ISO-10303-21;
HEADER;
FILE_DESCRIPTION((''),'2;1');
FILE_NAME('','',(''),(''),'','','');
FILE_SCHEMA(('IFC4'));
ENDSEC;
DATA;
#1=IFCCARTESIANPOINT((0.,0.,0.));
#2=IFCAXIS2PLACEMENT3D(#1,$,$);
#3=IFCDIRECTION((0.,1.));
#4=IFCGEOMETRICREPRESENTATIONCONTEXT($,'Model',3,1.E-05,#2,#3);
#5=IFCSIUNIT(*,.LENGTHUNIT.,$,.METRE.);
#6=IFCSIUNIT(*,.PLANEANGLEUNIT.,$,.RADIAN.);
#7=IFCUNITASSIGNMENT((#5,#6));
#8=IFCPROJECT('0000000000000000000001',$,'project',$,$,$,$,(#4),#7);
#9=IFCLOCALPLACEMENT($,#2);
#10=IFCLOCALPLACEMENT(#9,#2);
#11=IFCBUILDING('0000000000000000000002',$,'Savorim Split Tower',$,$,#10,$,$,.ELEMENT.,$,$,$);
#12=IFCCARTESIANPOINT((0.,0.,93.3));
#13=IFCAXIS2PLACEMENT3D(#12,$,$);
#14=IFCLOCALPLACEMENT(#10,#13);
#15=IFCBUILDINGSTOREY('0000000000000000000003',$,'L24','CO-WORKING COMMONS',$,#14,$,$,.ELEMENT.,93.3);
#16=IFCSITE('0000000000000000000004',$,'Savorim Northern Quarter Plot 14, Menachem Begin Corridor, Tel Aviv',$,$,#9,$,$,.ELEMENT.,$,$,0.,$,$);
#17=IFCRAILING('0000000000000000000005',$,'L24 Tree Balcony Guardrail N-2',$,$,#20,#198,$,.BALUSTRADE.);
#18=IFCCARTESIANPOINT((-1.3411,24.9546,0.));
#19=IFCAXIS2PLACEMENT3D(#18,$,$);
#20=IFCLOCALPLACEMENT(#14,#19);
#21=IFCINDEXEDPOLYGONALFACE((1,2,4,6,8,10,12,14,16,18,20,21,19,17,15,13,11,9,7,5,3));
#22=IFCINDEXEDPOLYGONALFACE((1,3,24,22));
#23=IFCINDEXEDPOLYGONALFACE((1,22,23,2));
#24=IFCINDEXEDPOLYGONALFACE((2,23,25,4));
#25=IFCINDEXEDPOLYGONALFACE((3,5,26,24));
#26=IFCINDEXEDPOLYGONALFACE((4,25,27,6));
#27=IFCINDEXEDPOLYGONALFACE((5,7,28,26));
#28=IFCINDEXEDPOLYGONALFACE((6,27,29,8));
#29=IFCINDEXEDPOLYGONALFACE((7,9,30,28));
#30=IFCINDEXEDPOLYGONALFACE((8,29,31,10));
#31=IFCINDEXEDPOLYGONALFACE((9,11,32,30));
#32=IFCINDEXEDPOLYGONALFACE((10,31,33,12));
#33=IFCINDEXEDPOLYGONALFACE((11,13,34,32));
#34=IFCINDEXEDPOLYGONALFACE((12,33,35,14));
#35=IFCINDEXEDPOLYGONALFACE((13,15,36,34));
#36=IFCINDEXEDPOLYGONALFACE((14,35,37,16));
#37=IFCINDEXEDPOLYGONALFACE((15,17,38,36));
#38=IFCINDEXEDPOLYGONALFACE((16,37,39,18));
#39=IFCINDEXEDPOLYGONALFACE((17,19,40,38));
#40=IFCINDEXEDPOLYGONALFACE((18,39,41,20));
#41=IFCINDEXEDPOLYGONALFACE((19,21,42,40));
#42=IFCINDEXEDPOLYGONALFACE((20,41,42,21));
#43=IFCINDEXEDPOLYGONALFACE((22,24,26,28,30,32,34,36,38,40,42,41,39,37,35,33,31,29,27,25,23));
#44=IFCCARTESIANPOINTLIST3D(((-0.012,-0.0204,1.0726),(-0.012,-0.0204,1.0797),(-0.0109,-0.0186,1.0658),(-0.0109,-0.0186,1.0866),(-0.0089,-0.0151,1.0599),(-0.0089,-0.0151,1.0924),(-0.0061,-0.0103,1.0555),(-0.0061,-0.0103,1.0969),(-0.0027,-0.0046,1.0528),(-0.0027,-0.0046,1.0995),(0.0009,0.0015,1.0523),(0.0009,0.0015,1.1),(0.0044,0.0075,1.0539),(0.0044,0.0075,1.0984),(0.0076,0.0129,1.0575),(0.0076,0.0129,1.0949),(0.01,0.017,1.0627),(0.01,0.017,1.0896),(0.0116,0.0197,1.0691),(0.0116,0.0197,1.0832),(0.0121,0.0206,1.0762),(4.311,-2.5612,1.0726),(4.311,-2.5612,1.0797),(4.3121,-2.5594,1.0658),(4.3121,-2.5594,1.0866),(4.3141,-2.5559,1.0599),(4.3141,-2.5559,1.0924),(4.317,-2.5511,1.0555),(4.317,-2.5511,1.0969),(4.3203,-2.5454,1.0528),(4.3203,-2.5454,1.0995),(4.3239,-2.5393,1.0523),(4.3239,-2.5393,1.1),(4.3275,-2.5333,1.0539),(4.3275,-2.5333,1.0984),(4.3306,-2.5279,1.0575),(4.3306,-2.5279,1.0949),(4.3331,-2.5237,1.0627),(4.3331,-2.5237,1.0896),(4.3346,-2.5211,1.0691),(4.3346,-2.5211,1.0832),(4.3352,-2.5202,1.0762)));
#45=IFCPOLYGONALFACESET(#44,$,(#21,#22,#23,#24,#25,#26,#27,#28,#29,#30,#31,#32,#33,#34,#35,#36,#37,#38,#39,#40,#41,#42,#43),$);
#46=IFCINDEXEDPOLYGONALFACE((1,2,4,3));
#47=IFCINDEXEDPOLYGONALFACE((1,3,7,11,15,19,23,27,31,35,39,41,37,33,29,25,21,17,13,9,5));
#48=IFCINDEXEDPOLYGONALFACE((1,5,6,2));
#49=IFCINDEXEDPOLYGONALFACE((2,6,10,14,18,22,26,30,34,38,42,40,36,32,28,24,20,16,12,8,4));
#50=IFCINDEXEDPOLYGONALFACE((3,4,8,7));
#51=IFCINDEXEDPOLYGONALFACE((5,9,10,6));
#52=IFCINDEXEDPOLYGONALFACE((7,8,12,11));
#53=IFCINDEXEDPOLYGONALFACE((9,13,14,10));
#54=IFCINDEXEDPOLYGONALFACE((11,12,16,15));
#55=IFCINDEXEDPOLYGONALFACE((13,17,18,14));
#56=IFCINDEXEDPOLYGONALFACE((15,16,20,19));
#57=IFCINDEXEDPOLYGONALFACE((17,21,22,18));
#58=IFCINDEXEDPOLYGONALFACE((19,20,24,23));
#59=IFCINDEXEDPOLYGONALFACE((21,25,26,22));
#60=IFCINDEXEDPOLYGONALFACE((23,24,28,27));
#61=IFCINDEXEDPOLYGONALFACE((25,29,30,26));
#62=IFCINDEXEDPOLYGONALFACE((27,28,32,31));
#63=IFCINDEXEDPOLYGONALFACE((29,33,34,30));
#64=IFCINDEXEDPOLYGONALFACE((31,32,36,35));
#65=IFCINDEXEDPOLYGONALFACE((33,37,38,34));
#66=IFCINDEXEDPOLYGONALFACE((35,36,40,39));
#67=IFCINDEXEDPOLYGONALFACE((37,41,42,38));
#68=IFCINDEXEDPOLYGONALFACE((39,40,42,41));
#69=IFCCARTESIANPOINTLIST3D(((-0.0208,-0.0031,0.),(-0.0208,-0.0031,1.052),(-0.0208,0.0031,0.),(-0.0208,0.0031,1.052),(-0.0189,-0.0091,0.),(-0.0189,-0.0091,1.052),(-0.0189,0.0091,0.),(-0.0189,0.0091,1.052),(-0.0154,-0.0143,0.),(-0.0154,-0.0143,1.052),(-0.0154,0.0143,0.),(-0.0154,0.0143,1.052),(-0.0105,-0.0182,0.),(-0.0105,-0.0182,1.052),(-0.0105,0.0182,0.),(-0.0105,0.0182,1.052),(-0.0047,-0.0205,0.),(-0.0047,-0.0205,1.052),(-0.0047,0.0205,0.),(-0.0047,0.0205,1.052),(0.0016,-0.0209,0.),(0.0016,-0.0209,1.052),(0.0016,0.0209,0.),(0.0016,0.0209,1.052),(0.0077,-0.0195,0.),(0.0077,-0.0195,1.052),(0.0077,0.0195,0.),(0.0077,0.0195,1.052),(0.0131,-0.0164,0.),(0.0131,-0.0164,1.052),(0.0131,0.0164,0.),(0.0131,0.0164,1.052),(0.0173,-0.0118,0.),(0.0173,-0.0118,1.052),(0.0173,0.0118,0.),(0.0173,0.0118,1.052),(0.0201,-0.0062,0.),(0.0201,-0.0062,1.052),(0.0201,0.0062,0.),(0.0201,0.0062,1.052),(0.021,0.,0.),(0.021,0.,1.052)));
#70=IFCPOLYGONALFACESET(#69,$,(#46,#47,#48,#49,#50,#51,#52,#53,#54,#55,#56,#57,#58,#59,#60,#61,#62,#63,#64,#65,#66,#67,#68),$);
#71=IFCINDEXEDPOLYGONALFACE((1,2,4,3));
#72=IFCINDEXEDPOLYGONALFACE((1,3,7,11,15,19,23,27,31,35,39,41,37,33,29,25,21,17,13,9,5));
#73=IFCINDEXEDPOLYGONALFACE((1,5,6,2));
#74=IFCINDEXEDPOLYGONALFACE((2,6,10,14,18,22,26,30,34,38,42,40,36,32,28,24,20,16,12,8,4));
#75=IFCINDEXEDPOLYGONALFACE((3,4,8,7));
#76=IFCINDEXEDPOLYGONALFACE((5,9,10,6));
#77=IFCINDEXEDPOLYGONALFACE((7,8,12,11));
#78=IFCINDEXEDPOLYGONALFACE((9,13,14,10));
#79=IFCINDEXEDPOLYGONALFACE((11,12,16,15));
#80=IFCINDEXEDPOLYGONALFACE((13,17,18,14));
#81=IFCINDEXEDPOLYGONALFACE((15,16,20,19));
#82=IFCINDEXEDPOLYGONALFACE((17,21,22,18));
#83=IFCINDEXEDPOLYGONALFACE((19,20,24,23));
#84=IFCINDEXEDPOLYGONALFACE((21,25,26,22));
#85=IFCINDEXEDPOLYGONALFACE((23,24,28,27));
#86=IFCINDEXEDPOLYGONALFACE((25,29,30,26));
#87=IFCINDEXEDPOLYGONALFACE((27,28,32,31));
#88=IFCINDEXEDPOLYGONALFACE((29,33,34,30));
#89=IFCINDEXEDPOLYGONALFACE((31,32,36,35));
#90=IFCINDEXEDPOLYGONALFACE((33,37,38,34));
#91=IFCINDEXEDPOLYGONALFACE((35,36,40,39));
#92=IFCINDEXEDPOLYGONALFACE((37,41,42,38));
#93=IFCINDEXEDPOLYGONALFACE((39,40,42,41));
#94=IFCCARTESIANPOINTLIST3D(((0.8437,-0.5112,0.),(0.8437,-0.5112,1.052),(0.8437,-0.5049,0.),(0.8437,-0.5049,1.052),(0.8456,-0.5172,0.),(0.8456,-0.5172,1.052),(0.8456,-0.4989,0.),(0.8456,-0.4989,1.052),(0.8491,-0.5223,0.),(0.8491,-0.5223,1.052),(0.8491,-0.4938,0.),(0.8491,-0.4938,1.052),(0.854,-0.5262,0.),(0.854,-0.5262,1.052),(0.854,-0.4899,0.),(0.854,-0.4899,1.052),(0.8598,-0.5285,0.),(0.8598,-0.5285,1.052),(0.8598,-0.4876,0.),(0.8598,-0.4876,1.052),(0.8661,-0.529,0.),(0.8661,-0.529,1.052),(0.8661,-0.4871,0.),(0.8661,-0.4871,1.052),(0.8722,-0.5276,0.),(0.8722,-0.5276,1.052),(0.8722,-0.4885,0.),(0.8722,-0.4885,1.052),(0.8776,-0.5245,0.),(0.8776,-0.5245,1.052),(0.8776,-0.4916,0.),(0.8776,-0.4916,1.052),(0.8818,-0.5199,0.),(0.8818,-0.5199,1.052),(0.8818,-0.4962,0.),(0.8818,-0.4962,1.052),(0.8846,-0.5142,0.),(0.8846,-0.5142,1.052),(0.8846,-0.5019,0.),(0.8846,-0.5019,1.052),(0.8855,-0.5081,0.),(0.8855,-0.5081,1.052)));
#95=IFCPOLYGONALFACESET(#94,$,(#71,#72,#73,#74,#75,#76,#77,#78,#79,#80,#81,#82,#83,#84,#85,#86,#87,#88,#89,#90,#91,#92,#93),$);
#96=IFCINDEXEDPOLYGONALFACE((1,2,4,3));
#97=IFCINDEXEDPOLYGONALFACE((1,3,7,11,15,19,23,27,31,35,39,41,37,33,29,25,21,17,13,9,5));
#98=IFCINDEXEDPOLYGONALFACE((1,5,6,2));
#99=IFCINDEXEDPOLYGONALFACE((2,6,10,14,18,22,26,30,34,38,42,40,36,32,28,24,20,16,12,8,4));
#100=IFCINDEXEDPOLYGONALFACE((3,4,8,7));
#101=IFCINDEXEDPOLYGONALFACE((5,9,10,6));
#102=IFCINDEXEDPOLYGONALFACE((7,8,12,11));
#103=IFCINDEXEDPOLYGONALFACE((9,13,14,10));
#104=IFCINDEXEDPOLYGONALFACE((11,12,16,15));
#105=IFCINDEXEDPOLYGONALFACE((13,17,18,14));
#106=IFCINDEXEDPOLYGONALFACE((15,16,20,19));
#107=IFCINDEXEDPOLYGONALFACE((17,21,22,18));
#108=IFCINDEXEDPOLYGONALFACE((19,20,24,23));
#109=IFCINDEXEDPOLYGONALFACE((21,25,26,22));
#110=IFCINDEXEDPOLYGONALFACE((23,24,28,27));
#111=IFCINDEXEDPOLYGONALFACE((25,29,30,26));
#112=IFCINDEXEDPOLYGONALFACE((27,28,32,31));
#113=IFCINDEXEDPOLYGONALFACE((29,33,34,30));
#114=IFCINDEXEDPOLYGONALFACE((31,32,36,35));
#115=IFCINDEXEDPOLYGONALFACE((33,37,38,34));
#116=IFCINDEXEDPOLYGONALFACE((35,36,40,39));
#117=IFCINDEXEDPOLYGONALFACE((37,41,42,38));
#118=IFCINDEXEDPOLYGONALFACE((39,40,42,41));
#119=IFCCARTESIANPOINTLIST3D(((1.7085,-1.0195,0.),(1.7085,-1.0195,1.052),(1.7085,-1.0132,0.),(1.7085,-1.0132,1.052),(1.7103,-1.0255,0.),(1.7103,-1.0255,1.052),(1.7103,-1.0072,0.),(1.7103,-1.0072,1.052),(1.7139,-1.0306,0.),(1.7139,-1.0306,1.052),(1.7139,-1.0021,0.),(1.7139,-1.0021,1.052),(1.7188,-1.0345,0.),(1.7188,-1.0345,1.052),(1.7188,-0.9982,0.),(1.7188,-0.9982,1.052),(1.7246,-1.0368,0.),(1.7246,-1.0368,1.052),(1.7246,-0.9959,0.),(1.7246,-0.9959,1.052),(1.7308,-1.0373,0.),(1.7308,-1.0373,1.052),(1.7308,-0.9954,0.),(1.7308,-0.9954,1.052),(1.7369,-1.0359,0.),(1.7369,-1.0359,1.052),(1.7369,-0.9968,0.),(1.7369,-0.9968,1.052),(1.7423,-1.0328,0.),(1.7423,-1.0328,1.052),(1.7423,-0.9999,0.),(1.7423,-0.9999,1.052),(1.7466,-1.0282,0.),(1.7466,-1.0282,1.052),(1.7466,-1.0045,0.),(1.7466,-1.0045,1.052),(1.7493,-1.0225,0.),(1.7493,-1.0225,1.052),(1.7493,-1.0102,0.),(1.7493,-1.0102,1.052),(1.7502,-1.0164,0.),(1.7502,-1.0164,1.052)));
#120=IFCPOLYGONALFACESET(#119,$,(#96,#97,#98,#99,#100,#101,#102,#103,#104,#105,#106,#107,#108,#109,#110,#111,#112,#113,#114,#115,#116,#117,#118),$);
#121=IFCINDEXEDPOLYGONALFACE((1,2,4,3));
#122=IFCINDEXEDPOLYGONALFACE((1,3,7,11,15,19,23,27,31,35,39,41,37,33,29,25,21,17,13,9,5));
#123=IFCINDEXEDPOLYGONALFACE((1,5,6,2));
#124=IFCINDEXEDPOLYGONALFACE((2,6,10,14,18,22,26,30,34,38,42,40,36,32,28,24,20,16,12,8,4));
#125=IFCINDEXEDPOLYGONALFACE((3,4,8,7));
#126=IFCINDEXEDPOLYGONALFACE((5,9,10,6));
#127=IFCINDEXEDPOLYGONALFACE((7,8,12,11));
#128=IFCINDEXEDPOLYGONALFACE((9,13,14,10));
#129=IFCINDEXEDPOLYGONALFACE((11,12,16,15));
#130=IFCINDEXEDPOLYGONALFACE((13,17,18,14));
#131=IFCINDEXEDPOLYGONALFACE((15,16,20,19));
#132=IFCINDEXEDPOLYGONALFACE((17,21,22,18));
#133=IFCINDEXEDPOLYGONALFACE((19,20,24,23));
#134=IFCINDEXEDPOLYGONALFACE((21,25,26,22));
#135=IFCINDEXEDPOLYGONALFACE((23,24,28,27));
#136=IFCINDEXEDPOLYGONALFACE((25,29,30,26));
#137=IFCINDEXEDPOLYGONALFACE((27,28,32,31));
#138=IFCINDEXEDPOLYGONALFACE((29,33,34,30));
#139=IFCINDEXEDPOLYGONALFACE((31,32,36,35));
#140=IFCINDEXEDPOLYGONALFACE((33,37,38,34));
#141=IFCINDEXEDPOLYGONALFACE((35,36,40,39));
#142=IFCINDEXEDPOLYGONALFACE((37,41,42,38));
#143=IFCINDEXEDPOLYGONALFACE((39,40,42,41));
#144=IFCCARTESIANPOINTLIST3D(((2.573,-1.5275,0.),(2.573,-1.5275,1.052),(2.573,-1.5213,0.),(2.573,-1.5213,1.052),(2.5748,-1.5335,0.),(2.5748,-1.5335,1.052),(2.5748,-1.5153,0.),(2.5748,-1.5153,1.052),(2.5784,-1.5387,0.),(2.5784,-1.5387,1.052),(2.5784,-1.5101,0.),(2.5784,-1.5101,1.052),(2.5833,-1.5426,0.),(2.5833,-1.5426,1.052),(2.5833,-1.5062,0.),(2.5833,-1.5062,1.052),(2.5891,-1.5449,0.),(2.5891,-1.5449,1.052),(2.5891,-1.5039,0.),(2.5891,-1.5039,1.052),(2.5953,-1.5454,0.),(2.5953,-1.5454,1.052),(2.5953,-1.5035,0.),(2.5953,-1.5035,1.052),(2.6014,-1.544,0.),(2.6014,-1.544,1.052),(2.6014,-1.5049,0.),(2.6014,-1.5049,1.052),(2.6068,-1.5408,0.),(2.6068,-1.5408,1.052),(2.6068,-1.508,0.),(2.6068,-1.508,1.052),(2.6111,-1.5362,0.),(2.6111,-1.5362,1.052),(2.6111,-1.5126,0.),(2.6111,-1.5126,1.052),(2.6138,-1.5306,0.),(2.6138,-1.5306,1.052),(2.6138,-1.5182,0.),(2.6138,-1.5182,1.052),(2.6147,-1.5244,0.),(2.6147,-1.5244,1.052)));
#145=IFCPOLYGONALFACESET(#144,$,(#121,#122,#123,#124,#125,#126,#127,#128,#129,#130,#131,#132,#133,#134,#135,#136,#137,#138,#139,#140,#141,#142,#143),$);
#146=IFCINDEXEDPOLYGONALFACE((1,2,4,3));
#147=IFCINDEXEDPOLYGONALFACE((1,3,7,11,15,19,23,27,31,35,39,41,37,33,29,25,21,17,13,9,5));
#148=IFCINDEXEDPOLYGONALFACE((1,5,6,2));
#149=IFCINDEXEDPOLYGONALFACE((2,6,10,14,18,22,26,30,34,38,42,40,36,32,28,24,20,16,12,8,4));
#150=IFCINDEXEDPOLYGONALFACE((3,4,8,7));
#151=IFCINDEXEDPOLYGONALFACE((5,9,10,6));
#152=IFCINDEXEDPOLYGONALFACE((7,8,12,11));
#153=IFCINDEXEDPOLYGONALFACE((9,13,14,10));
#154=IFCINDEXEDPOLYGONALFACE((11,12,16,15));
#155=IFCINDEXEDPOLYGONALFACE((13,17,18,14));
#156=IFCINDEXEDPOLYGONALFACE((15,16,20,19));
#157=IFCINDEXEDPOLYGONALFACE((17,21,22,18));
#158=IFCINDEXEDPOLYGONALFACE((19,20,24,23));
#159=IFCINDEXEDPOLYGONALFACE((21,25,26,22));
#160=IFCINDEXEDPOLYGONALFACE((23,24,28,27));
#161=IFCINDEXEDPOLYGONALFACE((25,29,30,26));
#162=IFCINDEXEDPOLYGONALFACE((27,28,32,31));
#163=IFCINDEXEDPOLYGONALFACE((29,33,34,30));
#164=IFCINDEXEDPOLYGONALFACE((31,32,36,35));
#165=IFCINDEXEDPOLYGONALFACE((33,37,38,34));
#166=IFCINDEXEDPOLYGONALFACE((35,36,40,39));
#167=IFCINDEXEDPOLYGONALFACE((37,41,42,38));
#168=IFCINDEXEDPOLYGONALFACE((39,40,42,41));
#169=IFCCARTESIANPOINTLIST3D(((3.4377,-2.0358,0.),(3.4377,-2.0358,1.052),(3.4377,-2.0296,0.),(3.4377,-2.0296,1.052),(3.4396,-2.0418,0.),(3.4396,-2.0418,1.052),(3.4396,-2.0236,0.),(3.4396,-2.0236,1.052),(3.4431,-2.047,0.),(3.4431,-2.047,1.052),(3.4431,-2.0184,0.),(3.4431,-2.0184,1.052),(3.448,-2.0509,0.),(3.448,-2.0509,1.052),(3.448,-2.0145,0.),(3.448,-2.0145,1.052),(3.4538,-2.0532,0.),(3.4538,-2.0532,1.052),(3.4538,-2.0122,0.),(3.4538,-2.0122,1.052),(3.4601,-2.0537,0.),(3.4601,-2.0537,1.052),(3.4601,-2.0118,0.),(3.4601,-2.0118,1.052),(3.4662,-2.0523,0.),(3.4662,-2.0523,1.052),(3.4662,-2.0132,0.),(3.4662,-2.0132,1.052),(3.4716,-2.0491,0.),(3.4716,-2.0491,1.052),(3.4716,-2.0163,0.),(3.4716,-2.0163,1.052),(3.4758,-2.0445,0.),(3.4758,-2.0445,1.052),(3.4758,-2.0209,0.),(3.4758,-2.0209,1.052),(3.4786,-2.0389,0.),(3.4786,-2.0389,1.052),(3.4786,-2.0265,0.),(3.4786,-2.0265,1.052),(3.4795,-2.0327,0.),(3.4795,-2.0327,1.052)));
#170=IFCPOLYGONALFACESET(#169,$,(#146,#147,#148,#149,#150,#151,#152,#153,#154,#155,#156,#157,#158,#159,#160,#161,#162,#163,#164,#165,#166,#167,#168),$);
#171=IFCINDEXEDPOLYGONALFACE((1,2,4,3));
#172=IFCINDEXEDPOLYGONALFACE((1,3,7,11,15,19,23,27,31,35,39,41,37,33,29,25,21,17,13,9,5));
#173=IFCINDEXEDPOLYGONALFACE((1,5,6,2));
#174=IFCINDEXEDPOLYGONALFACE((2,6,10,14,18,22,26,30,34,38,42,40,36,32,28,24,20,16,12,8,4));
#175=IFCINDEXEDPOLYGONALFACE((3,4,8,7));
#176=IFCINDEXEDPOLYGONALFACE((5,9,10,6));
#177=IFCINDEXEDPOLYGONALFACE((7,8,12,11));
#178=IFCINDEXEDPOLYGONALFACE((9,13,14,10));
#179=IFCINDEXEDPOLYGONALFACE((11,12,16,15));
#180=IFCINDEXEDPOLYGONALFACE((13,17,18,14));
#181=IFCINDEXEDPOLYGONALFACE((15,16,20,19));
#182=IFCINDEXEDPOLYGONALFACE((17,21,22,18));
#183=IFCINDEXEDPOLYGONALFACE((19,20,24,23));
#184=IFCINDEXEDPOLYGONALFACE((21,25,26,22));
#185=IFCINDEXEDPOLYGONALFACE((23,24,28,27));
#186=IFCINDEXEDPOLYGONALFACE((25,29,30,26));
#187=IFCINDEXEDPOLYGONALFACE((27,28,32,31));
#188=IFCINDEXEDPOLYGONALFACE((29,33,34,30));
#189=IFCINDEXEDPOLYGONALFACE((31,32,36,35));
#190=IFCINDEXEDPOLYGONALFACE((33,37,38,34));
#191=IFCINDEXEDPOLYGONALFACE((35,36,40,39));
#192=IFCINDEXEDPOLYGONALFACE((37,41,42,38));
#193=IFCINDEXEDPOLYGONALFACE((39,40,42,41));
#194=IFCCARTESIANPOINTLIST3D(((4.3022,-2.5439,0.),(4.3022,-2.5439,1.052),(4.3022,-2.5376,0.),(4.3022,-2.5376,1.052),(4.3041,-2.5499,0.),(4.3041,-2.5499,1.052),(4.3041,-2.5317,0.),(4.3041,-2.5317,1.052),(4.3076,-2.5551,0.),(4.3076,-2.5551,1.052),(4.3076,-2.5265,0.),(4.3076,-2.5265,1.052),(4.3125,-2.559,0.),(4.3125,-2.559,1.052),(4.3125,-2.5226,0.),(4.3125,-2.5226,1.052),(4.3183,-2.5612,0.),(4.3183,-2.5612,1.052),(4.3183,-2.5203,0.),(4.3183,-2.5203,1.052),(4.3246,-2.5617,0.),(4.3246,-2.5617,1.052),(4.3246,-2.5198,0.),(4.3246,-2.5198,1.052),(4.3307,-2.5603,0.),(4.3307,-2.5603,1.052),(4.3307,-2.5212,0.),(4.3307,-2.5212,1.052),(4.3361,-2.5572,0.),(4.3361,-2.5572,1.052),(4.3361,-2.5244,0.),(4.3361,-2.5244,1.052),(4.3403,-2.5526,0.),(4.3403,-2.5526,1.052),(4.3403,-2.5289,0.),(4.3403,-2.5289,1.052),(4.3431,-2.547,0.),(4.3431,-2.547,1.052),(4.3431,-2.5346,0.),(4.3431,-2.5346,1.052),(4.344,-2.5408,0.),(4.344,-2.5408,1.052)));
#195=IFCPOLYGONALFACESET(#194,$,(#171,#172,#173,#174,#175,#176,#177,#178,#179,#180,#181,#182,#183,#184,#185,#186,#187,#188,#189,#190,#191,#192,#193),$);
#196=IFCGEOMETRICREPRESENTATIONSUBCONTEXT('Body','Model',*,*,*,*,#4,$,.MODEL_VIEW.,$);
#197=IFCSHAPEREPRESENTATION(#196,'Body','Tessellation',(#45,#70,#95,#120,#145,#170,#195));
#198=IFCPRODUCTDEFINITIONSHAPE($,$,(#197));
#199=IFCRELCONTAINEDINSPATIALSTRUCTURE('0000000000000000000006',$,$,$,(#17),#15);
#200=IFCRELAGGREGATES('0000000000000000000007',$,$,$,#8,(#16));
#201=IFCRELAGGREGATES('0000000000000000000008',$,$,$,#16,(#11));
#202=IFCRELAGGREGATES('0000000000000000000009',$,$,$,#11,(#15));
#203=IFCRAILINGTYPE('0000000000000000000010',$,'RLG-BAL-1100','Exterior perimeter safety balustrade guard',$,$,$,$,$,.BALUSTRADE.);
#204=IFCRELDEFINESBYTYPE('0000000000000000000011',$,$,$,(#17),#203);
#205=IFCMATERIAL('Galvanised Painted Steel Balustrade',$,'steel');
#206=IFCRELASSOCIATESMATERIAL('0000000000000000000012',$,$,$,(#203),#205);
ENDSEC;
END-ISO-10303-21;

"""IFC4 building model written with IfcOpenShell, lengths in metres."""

from ifc_helpers import new_model, si_unit, direction, frame, origin, origin_2d, place, context, subcontext, project, spatial, circle, extrude, material, type_object, element, save


model = new_model("IFC4")

# Units and contexts
model_context = context("Model", 3, precision=1e-05, world=origin(), true_north=direction((0.0, 1.0)))
body_context = subcontext(model_context, "Body", "Model", "MODEL_VIEW")
ifc_project = project(units=[si_unit("LENGTHUNIT", "METRE"), si_unit("PLANEANGLEUNIT", "RADIAN")], contexts=[model_context])

# Site, building, storey
site_placement = place(None, origin())
site = spatial("IfcSite", under=ifc_project, at=site_placement, Name="Savorim Northern Quarter Plot 14, Menachem Begin Corridor, Tel Aviv", CompositionType="ELEMENT", RefElevation=0.0)
building_placement = place(site_placement, origin())
building = spatial("IfcBuilding", under=site, at=building_placement, Name="Savorim Split Tower", CompositionType="ELEMENT")
storey_placement = place(building_placement, frame((0.0, 0.0, 93.3)))
storey = spatial("IfcBuildingStorey", under=building, at=storey_placement, Name="L24", Description="CO-WORKING COMMONS", CompositionType="ELEMENT", Elevation=93.3)

# Railing
ifc_material_1 = material(Name="Galvanised Painted Steel Balustrade", Category="steel")
railing_type = type_object("IfcRailingType", Name="RLG-BAL-1100", Description="Exterior perimeter safety balustrade guard", PredefinedType="BALUSTRADE", material=ifc_material_1)
railing_1_placement = place(storey_placement, frame((-1.3411, 24.9546, 0.0)))
element("IfcRailing", 1, at=railing_1_placement, inside=storey, type_object=railing_type, Name="L24 Tree Balcony Guardrail N-2", PredefinedType="BALUSTRADE", context=body_context, shape_type="SweptSolid", body=[
    extrude(circle(Radius=0.0239, at=origin_2d()), frame((0.0, 0.0, 1.0762), z_axis=(0.862123, -0.506699, 0.0), x_axis=(0.506699, 0.862123, 0.0)), (0.0, 0.0, 1.0), 5.0144),
    extrude(circle(Radius=0.021, at=origin_2d()), origin(), (0.0, 0.0, 1.0), 1.052),
    extrude(circle(Radius=0.021, at=origin_2d()), frame((0.8645, -0.5081, 0.0)), (0.0, 0.0, 1.0), 1.052),
    extrude(circle(Radius=0.021, at=origin_2d()), frame((1.7292, -1.0164, 0.0)), (0.0, 0.0, 1.0), 1.052),
    extrude(circle(Radius=0.021, at=origin_2d()), frame((2.5938, -1.5244, 0.0)), (0.0, 0.0, 1.0), 1.052),
    extrude(circle(Radius=0.021, at=origin_2d()), frame((3.4585, -2.0327, 0.0)), (0.0, 0.0, 1.0), 1.052),
    extrude(circle(Radius=0.021, at=origin_2d()), frame((4.323, -2.5408, 0.0)), (0.0, 0.0, 1.0), 1.052),
])

save(model, "model.ifc")
